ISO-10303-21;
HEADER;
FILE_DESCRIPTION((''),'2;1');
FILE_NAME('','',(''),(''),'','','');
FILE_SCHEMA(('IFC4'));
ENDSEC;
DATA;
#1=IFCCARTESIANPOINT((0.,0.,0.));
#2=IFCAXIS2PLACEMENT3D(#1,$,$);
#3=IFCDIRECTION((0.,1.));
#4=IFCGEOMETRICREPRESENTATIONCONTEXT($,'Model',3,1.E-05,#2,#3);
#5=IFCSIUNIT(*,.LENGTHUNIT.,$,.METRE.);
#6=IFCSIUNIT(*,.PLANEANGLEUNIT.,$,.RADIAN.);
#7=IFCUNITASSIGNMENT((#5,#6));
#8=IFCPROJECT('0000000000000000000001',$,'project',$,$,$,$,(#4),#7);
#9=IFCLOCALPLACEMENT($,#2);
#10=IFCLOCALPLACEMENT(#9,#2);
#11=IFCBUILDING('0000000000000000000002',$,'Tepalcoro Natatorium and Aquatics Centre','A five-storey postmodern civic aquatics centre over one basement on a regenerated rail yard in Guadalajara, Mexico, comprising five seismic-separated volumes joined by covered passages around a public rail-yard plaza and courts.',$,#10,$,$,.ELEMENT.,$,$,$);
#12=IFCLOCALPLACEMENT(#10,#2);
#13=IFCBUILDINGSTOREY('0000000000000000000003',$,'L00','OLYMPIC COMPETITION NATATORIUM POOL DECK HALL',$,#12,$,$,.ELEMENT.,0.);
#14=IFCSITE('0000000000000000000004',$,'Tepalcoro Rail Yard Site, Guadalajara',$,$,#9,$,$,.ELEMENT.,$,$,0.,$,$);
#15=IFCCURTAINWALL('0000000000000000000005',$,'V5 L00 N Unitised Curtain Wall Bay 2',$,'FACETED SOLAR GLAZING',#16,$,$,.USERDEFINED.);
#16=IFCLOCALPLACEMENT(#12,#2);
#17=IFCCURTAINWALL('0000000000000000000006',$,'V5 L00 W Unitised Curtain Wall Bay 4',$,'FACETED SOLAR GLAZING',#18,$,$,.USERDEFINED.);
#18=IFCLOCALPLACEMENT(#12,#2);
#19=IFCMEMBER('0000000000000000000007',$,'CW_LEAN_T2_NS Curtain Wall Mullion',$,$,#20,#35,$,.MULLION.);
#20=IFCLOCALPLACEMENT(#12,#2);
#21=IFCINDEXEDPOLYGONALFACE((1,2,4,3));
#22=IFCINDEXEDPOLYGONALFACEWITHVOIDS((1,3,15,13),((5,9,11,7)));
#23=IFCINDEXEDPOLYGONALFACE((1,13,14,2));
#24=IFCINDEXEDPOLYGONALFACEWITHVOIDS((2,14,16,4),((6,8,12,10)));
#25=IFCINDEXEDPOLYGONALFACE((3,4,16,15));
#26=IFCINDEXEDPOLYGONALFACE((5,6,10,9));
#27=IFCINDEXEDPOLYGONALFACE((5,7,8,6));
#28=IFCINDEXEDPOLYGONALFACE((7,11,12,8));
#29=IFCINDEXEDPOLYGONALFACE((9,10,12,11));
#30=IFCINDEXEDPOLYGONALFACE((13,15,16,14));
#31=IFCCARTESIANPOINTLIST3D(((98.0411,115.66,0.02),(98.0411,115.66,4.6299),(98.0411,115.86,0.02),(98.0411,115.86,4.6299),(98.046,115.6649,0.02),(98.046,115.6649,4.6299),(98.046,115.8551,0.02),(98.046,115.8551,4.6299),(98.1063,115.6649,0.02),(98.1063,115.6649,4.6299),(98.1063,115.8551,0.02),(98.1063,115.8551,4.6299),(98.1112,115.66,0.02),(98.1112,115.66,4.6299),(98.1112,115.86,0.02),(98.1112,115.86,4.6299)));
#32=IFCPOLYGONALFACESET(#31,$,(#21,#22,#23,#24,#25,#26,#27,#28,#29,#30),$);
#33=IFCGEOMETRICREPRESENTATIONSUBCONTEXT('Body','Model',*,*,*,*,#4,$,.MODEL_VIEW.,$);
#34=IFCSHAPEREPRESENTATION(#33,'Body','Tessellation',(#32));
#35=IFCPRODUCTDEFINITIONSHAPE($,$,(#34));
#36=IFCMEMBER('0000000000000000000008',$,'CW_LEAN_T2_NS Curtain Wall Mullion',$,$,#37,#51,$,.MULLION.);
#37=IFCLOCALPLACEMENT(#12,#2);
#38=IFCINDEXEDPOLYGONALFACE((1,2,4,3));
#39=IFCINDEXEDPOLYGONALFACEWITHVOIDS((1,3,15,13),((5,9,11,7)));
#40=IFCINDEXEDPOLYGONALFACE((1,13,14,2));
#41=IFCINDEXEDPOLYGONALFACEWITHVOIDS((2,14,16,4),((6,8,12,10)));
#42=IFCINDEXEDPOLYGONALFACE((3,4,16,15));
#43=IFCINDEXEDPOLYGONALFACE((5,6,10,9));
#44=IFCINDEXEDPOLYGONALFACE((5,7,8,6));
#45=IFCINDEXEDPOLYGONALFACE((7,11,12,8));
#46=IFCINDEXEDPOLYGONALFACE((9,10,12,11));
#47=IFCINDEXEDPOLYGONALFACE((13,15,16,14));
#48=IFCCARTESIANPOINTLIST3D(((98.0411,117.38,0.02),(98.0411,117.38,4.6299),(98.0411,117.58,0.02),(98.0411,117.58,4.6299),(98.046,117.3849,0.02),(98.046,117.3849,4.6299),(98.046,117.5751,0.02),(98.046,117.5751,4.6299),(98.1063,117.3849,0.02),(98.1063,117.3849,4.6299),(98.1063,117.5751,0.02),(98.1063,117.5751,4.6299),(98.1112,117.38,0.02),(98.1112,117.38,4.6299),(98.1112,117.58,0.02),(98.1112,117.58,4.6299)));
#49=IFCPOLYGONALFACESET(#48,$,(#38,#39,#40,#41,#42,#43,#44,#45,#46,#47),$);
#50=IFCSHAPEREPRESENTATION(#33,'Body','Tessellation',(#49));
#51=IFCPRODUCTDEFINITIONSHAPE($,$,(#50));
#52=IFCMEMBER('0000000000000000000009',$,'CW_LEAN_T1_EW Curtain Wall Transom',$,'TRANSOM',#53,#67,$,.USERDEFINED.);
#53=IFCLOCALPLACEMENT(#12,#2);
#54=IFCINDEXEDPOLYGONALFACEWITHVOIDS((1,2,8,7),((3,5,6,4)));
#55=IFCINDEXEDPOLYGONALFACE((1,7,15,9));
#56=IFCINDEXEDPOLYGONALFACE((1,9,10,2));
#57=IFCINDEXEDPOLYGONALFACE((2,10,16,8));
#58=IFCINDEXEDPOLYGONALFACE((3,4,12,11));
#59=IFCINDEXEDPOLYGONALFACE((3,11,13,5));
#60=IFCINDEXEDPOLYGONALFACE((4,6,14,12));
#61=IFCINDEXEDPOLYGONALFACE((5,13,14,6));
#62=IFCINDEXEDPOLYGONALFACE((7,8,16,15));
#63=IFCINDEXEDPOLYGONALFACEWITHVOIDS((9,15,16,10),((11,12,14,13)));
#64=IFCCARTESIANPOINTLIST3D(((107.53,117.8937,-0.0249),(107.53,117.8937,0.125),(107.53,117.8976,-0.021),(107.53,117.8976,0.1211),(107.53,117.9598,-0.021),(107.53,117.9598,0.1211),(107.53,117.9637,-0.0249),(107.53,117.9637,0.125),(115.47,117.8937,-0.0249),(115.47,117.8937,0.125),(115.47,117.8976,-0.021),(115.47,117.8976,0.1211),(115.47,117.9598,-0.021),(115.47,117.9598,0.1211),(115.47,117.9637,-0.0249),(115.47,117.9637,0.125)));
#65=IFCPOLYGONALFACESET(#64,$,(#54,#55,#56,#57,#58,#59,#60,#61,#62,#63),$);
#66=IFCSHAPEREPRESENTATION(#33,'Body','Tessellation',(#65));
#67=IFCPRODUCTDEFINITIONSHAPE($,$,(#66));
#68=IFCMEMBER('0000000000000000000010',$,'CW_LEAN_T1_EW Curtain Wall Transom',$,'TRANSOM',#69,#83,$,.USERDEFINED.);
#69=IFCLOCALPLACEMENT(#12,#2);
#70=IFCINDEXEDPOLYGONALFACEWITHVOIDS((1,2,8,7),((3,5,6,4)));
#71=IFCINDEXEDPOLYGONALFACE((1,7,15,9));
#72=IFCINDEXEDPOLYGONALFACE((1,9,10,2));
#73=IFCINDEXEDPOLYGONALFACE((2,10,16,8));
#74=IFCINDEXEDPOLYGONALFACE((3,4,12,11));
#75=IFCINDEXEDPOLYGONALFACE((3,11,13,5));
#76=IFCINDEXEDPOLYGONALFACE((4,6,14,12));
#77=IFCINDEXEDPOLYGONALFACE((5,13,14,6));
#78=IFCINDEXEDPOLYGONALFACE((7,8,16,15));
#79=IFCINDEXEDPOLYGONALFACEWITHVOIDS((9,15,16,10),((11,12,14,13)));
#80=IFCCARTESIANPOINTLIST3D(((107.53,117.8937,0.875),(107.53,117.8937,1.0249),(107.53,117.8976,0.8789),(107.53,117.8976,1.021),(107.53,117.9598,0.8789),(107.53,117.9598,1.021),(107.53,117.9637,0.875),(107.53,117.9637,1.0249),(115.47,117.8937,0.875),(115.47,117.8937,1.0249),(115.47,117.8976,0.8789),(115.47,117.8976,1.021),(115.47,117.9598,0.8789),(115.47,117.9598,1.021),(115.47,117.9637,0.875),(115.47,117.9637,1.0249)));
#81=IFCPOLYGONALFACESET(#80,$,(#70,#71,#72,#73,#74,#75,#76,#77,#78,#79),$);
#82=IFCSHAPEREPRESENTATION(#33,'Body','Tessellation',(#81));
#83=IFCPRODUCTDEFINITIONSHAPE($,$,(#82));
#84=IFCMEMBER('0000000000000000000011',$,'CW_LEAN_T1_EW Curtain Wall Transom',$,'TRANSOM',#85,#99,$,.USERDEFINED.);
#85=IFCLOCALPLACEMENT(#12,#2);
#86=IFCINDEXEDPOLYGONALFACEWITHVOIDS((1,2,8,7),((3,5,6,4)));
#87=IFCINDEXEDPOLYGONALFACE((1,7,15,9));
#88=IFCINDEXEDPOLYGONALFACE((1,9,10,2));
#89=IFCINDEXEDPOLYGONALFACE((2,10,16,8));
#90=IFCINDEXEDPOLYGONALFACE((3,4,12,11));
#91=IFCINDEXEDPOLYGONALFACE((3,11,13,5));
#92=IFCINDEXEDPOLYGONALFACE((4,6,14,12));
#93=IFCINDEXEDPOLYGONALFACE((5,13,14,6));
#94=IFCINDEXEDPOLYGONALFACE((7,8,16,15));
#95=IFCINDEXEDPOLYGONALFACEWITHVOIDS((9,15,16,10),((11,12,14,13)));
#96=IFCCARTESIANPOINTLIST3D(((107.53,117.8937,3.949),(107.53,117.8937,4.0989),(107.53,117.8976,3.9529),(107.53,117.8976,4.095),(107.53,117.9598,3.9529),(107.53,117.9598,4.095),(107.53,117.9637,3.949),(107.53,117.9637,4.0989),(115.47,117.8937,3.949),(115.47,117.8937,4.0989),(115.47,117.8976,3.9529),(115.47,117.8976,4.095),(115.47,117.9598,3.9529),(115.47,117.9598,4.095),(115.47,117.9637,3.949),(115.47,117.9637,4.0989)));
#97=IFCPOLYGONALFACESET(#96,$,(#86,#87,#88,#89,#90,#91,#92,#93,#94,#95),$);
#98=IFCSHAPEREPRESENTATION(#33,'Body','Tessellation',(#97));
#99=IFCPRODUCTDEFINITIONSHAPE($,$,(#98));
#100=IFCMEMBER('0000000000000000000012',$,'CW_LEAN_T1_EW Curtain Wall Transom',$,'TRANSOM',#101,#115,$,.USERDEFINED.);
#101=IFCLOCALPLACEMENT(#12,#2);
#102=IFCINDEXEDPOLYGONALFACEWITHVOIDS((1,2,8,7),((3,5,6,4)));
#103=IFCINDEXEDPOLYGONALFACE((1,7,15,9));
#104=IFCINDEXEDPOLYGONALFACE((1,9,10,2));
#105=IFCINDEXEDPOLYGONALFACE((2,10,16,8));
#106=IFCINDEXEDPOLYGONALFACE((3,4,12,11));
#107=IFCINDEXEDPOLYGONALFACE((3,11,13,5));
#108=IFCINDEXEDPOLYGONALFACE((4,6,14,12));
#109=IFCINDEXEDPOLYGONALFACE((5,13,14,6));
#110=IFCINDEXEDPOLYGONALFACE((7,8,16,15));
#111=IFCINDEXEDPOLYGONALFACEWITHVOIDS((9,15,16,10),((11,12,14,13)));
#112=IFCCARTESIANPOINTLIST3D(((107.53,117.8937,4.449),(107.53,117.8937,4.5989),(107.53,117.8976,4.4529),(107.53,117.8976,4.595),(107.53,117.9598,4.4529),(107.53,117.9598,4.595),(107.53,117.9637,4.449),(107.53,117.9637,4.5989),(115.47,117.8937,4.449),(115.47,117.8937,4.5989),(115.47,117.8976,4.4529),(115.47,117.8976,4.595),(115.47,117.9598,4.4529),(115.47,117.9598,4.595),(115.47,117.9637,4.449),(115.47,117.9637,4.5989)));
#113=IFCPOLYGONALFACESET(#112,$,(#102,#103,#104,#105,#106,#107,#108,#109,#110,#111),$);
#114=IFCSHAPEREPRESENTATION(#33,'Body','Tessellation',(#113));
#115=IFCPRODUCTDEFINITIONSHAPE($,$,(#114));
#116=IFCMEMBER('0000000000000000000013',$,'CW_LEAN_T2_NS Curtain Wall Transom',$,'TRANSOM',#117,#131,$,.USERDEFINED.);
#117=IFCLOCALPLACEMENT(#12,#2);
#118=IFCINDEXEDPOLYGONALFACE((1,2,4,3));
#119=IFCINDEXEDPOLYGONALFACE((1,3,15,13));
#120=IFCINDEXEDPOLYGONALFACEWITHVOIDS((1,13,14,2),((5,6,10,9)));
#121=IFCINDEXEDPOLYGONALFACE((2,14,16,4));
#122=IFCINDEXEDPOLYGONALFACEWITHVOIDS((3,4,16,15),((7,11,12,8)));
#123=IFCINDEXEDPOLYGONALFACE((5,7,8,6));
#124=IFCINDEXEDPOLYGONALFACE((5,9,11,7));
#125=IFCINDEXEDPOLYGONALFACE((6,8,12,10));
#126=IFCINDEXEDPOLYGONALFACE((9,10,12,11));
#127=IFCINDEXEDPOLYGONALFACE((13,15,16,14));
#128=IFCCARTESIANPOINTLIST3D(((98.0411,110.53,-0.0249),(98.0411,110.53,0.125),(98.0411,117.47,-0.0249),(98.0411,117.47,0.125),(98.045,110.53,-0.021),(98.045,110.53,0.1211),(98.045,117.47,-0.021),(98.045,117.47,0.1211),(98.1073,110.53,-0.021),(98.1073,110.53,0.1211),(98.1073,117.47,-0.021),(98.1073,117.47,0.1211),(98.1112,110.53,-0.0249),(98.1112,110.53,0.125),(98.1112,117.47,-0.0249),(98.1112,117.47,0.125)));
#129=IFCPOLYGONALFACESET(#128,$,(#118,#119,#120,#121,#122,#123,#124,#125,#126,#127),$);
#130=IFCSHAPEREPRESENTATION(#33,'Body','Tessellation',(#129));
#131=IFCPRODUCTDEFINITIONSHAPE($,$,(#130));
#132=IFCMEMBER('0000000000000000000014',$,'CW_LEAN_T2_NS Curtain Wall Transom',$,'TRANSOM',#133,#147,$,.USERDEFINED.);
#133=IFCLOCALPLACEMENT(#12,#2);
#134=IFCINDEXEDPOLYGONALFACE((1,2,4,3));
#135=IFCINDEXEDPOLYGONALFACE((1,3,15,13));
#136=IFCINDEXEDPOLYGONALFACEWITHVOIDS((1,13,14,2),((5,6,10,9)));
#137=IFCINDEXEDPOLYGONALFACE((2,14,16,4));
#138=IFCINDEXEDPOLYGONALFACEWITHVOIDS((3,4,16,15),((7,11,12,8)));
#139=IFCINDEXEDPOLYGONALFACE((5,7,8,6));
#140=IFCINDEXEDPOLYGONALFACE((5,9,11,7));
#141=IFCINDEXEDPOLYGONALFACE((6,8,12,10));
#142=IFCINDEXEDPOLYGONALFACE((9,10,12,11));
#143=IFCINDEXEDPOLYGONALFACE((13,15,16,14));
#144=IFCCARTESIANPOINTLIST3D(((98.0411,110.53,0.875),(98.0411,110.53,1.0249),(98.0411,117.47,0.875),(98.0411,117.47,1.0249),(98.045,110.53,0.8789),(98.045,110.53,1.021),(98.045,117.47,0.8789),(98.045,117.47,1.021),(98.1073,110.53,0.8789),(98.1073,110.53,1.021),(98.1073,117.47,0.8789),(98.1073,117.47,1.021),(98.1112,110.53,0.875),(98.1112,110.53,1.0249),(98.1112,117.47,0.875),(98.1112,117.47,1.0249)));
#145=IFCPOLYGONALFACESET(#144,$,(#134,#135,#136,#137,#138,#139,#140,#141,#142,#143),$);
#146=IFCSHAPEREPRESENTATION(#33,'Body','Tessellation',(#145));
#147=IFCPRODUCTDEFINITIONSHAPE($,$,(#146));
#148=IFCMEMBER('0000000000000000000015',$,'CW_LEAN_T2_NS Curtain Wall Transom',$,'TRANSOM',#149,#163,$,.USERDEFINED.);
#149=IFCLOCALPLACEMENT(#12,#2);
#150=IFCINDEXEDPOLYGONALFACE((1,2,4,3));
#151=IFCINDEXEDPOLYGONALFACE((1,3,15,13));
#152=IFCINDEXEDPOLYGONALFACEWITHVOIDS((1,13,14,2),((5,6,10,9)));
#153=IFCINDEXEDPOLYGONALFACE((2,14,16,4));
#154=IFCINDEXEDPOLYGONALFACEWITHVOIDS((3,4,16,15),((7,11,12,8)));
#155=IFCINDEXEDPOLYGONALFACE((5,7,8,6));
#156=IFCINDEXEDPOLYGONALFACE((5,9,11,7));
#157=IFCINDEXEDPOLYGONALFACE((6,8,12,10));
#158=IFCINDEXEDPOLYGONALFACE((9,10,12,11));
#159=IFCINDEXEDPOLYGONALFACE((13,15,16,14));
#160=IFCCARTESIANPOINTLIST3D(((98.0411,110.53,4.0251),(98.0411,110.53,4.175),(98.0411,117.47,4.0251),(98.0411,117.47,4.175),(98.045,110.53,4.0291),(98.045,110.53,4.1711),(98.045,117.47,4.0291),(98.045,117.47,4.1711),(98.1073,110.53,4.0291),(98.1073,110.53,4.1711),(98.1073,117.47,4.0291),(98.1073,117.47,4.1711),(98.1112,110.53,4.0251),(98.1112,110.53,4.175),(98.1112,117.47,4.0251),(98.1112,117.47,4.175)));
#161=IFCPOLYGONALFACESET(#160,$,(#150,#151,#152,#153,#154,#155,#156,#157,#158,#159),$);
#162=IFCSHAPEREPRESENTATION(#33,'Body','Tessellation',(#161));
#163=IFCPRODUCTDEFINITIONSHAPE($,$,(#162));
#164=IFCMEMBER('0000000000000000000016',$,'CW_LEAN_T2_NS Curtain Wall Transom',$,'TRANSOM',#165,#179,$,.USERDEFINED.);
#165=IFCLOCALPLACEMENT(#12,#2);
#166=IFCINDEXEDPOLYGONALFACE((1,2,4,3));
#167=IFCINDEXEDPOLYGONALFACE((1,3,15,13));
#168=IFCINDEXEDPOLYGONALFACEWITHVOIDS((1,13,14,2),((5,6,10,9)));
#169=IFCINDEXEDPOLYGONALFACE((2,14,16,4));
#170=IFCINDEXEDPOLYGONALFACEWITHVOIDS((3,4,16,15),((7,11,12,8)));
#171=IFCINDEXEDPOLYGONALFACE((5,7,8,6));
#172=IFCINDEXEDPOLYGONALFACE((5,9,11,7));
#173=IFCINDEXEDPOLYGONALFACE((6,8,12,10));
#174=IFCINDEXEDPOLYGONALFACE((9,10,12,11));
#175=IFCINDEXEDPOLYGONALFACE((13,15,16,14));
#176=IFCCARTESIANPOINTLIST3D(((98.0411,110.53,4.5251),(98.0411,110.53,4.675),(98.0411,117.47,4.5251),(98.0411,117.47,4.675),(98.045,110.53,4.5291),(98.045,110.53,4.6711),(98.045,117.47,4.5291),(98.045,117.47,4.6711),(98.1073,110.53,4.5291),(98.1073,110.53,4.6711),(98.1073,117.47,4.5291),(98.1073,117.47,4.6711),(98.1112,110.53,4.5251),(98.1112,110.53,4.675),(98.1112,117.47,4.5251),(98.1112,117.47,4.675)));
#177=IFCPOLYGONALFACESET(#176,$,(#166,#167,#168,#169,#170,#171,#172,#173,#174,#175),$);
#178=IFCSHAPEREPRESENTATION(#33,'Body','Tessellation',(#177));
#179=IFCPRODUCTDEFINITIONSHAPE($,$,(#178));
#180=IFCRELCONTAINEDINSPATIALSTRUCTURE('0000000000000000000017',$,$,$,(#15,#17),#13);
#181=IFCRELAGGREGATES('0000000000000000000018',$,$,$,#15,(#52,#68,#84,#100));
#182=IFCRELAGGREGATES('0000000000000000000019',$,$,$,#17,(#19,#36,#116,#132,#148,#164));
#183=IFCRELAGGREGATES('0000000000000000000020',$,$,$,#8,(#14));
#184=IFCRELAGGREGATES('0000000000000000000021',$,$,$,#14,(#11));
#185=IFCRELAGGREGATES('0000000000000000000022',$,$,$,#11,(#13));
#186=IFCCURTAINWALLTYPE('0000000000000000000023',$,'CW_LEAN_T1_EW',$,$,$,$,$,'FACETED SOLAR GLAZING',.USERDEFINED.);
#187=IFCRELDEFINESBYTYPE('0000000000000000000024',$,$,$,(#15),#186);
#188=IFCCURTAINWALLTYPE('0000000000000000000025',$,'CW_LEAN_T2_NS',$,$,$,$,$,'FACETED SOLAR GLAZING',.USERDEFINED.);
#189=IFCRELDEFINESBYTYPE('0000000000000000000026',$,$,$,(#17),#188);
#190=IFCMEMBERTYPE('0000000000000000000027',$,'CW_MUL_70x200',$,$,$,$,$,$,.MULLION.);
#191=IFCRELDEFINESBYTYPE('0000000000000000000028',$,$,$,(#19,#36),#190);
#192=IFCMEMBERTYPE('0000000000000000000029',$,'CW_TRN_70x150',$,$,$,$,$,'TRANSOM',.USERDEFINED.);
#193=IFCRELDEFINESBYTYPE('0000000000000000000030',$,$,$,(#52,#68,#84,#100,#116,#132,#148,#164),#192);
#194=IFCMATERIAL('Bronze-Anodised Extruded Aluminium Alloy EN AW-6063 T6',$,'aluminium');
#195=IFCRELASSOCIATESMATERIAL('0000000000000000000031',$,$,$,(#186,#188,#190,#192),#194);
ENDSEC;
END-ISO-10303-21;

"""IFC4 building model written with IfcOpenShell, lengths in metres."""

from ifc_helpers import new_model, si_unit, direction, frame, origin, origin_2d, place, context, subcontext, project, spatial, hollow_rectangle, extrude, material, material_profile, profile_set, type_object, element, aggregate, save


model = new_model("IFC4")

# Units and contexts
model_context = context("Model", 3, precision=1e-05, world=origin(), true_north=direction((0.0, 1.0)))
body_context = subcontext(model_context, "Body", "Model", "MODEL_VIEW")
ifc_project = project(units=[si_unit("LENGTHUNIT", "METRE"), si_unit("PLANEANGLEUNIT", "RADIAN")], contexts=[model_context])

# Site, building, storey
site_placement = place(None, origin())
site = spatial("IfcSite", under=ifc_project, at=site_placement, Name="Tepalcoro Rail Yard Site, Guadalajara", CompositionType="ELEMENT", RefElevation=0.0)
building_placement = place(site_placement, origin())
building = spatial("IfcBuilding", under=site, at=building_placement, Name="Tepalcoro Natatorium and Aquatics Centre", Description="A five-storey postmodern civic aquatics centre over one basement on a regenerated rail yard in Guadalajara, Mexico, comprising five seismic-separated volumes joined by covered passages around a public rail-yard plaza and courts.", CompositionType="ELEMENT")
storey_placement = place(building_placement, origin())
storey = spatial("IfcBuildingStorey", under=building, at=storey_placement, Name="L00", Description="OLYMPIC COMPETITION NATATORIUM POOL DECK HALL", CompositionType="ELEMENT", Elevation=0.0)

# Curtain wall
ifc_material_1 = material(Name="Bronze-Anodised Extruded Aluminium Alloy EN AW-6063 T6", Category="aluminium")
curtain_wall_type_1 = type_object("IfcCurtainWallType", Name="CW_LEAN_T1_EW", ElementType="FACETED SOLAR GLAZING", PredefinedType="USERDEFINED", material=ifc_material_1)
curtain_wall_1_placement = place(storey_placement, origin())
curtain_wall_1 = element("IfcCurtainWall", 1, at=curtain_wall_1_placement, inside=storey, type_object=curtain_wall_type_1, Name="V5 L00 N Unitised Curtain Wall Bay 2", ObjectType="FACETED SOLAR GLAZING", PredefinedType="USERDEFINED")
ifc_material_profile_1 = material_profile(ifc_material_1, hollow_rectangle(XDim=0.0701, YDim=0.2, WallThickness=0.0049, at=origin_2d()), Name="AL70X200X5")
ifc_profile_set_1 = profile_set([ifc_material_profile_1], Name="Bronze-Anodised Extruded Aluminium Alloy EN AW-6063 T6")
member_type_1 = type_object("IfcMemberType", Name="CW_MUL_70x200", PredefinedType="MULLION", material=ifc_profile_set_1)

# Curtain wall, members
curtain_wall_type_2 = type_object("IfcCurtainWallType", Name="CW_LEAN_T2_NS", ElementType="FACETED SOLAR GLAZING", PredefinedType="USERDEFINED", material=ifc_material_1)
curtain_wall_2_placement = place(storey_placement, origin())
curtain_wall_2 = element("IfcCurtainWall", 2, at=curtain_wall_2_placement, inside=storey, type_object=curtain_wall_type_2, Name="V5 L00 W Unitised Curtain Wall Bay 4", ObjectType="FACETED SOLAR GLAZING", PredefinedType="USERDEFINED")
member_1_placement = place(storey_placement, frame((98.0762, 115.76, 0.02), z_axis=(0.0, 0.0, 1.0), x_axis=(1.0, 0.0, 0.0)))
member_1 = element("IfcMember", 3, at=member_1_placement, type_object=member_type_1, Name="CW_LEAN_T2_NS Curtain Wall Mullion", PredefinedType="MULLION", context=body_context, shape_type="SweptSolid", body=[
    extrude(hollow_rectangle(XDim=0.0701, YDim=0.2, WallThickness=0.0049, at=origin_2d()), origin(), (0.0, 0.0, 1.0), 4.6099),
])
member_2_placement = place(storey_placement, frame((98.0762, 117.48, 0.02), z_axis=(0.0, 0.0, 1.0), x_axis=(1.0, 0.0, 0.0)))
member_2 = element("IfcMember", 4, at=member_2_placement, type_object=member_type_1, Name="CW_LEAN_T2_NS Curtain Wall Mullion", PredefinedType="MULLION", context=body_context, shape_type="SweptSolid", body=[
    extrude(hollow_rectangle(XDim=0.0701, YDim=0.2, WallThickness=0.0049, at=origin_2d()), origin(), (0.0, 0.0, 1.0), 4.6099),
])

# Members
ifc_material_profile_2 = material_profile(ifc_material_1, hollow_rectangle(XDim=0.0701, YDim=0.1499, WallThickness=0.0039, at=origin_2d()), Name="AL70X150X4")
ifc_profile_set_2 = profile_set([ifc_material_profile_2], Name="Bronze-Anodised Extruded Aluminium Alloy EN AW-6063 T6")
member_type_2 = type_object("IfcMemberType", Name="CW_TRN_70x150", ElementType="TRANSOM", PredefinedType="USERDEFINED", material=ifc_profile_set_2)
member_3_placement = place(storey_placement, frame((107.53, 117.9287, 0.05), z_axis=(1.0, 0.0, 0.0), x_axis=(0.0, 1.0, 0.0)))
member_3 = element("IfcMember", 5, at=member_3_placement, type_object=member_type_2, Name="CW_LEAN_T1_EW Curtain Wall Transom", ObjectType="TRANSOM", PredefinedType="USERDEFINED", context=body_context, shape_type="SweptSolid", body=[
    extrude(hollow_rectangle(XDim=0.0701, YDim=0.1499, WallThickness=0.0039, at=origin_2d()), origin(), (0.0, 0.0, 1.0), 7.9399),
])
member_4_placement = place(storey_placement, frame((107.53, 117.9287, 0.95), z_axis=(1.0, 0.0, 0.0), x_axis=(0.0, 1.0, 0.0)))
member_4 = element("IfcMember", 6, at=member_4_placement, type_object=member_type_2, Name="CW_LEAN_T1_EW Curtain Wall Transom", ObjectType="TRANSOM", PredefinedType="USERDEFINED", context=body_context, shape_type="SweptSolid", body=[
    extrude(hollow_rectangle(XDim=0.0701, YDim=0.1499, WallThickness=0.0039, at=origin_2d()), origin(), (0.0, 0.0, 1.0), 7.9399),
])
member_5_placement = place(storey_placement, frame((107.53, 117.9287, 4.0239), z_axis=(1.0, 0.0, 0.0), x_axis=(0.0, 1.0, 0.0)))
member_5 = element("IfcMember", 7, at=member_5_placement, type_object=member_type_2, Name="CW_LEAN_T1_EW Curtain Wall Transom", ObjectType="TRANSOM", PredefinedType="USERDEFINED", context=body_context, shape_type="SweptSolid", body=[
    extrude(hollow_rectangle(XDim=0.0701, YDim=0.1499, WallThickness=0.0039, at=origin_2d()), origin(), (0.0, 0.0, 1.0), 7.9399),
])
member_6_placement = place(storey_placement, frame((107.53, 117.9287, 4.5239), z_axis=(1.0, 0.0, 0.0), x_axis=(0.0, 1.0, 0.0)))
member_6 = element("IfcMember", 8, at=member_6_placement, type_object=member_type_2, Name="CW_LEAN_T1_EW Curtain Wall Transom", ObjectType="TRANSOM", PredefinedType="USERDEFINED", context=body_context, shape_type="SweptSolid", body=[
    extrude(hollow_rectangle(XDim=0.0701, YDim=0.1499, WallThickness=0.0039, at=origin_2d()), origin(), (0.0, 0.0, 1.0), 7.9399),
])
aggregate(curtain_wall_1, [member_3, member_4, member_5, member_6])
member_7_placement = place(storey_placement, frame((98.0762, 110.53, 0.05), z_axis=(0.0, 1.0, 0.0), x_axis=(-1.0, 0.0, 0.0)))
member_7 = element("IfcMember", 9, at=member_7_placement, type_object=member_type_2, Name="CW_LEAN_T2_NS Curtain Wall Transom", ObjectType="TRANSOM", PredefinedType="USERDEFINED", context=body_context, shape_type="SweptSolid", body=[
    extrude(hollow_rectangle(XDim=0.0701, YDim=0.1499, WallThickness=0.0039, at=origin_2d()), origin(), (0.0, 0.0, 1.0), 6.9399),
])
member_8_placement = place(storey_placement, frame((98.0762, 110.53, 0.95), z_axis=(0.0, 1.0, 0.0), x_axis=(-1.0, 0.0, 0.0)))
member_8 = element("IfcMember", 10, at=member_8_placement, type_object=member_type_2, Name="CW_LEAN_T2_NS Curtain Wall Transom", ObjectType="TRANSOM", PredefinedType="USERDEFINED", context=body_context, shape_type="SweptSolid", body=[
    extrude(hollow_rectangle(XDim=0.0701, YDim=0.1499, WallThickness=0.0039, at=origin_2d()), origin(), (0.0, 0.0, 1.0), 6.9399),
])
member_9_placement = place(storey_placement, frame((98.0762, 110.53, 4.1001), z_axis=(0.0, 1.0, 0.0), x_axis=(-1.0, 0.0, 0.0)))
member_9 = element("IfcMember", 11, at=member_9_placement, type_object=member_type_2, Name="CW_LEAN_T2_NS Curtain Wall Transom", ObjectType="TRANSOM", PredefinedType="USERDEFINED", context=body_context, shape_type="SweptSolid", body=[
    extrude(hollow_rectangle(XDim=0.0701, YDim=0.1499, WallThickness=0.0039, at=origin_2d()), origin(), (0.0, 0.0, 1.0), 6.9399),
])
member_10_placement = place(storey_placement, frame((98.0762, 110.53, 4.6001), z_axis=(0.0, 1.0, 0.0), x_axis=(-1.0, 0.0, 0.0)))
member_10 = element("IfcMember", 12, at=member_10_placement, type_object=member_type_2, Name="CW_LEAN_T2_NS Curtain Wall Transom", ObjectType="TRANSOM", PredefinedType="USERDEFINED", context=body_context, shape_type="SweptSolid", body=[
    extrude(hollow_rectangle(XDim=0.0701, YDim=0.1499, WallThickness=0.0039, at=origin_2d()), origin(), (0.0, 0.0, 1.0), 6.9399),
])

aggregate(curtain_wall_2, [member_1, member_2, member_7, member_8, member_9, member_10])

save(model, "model.ifc")
